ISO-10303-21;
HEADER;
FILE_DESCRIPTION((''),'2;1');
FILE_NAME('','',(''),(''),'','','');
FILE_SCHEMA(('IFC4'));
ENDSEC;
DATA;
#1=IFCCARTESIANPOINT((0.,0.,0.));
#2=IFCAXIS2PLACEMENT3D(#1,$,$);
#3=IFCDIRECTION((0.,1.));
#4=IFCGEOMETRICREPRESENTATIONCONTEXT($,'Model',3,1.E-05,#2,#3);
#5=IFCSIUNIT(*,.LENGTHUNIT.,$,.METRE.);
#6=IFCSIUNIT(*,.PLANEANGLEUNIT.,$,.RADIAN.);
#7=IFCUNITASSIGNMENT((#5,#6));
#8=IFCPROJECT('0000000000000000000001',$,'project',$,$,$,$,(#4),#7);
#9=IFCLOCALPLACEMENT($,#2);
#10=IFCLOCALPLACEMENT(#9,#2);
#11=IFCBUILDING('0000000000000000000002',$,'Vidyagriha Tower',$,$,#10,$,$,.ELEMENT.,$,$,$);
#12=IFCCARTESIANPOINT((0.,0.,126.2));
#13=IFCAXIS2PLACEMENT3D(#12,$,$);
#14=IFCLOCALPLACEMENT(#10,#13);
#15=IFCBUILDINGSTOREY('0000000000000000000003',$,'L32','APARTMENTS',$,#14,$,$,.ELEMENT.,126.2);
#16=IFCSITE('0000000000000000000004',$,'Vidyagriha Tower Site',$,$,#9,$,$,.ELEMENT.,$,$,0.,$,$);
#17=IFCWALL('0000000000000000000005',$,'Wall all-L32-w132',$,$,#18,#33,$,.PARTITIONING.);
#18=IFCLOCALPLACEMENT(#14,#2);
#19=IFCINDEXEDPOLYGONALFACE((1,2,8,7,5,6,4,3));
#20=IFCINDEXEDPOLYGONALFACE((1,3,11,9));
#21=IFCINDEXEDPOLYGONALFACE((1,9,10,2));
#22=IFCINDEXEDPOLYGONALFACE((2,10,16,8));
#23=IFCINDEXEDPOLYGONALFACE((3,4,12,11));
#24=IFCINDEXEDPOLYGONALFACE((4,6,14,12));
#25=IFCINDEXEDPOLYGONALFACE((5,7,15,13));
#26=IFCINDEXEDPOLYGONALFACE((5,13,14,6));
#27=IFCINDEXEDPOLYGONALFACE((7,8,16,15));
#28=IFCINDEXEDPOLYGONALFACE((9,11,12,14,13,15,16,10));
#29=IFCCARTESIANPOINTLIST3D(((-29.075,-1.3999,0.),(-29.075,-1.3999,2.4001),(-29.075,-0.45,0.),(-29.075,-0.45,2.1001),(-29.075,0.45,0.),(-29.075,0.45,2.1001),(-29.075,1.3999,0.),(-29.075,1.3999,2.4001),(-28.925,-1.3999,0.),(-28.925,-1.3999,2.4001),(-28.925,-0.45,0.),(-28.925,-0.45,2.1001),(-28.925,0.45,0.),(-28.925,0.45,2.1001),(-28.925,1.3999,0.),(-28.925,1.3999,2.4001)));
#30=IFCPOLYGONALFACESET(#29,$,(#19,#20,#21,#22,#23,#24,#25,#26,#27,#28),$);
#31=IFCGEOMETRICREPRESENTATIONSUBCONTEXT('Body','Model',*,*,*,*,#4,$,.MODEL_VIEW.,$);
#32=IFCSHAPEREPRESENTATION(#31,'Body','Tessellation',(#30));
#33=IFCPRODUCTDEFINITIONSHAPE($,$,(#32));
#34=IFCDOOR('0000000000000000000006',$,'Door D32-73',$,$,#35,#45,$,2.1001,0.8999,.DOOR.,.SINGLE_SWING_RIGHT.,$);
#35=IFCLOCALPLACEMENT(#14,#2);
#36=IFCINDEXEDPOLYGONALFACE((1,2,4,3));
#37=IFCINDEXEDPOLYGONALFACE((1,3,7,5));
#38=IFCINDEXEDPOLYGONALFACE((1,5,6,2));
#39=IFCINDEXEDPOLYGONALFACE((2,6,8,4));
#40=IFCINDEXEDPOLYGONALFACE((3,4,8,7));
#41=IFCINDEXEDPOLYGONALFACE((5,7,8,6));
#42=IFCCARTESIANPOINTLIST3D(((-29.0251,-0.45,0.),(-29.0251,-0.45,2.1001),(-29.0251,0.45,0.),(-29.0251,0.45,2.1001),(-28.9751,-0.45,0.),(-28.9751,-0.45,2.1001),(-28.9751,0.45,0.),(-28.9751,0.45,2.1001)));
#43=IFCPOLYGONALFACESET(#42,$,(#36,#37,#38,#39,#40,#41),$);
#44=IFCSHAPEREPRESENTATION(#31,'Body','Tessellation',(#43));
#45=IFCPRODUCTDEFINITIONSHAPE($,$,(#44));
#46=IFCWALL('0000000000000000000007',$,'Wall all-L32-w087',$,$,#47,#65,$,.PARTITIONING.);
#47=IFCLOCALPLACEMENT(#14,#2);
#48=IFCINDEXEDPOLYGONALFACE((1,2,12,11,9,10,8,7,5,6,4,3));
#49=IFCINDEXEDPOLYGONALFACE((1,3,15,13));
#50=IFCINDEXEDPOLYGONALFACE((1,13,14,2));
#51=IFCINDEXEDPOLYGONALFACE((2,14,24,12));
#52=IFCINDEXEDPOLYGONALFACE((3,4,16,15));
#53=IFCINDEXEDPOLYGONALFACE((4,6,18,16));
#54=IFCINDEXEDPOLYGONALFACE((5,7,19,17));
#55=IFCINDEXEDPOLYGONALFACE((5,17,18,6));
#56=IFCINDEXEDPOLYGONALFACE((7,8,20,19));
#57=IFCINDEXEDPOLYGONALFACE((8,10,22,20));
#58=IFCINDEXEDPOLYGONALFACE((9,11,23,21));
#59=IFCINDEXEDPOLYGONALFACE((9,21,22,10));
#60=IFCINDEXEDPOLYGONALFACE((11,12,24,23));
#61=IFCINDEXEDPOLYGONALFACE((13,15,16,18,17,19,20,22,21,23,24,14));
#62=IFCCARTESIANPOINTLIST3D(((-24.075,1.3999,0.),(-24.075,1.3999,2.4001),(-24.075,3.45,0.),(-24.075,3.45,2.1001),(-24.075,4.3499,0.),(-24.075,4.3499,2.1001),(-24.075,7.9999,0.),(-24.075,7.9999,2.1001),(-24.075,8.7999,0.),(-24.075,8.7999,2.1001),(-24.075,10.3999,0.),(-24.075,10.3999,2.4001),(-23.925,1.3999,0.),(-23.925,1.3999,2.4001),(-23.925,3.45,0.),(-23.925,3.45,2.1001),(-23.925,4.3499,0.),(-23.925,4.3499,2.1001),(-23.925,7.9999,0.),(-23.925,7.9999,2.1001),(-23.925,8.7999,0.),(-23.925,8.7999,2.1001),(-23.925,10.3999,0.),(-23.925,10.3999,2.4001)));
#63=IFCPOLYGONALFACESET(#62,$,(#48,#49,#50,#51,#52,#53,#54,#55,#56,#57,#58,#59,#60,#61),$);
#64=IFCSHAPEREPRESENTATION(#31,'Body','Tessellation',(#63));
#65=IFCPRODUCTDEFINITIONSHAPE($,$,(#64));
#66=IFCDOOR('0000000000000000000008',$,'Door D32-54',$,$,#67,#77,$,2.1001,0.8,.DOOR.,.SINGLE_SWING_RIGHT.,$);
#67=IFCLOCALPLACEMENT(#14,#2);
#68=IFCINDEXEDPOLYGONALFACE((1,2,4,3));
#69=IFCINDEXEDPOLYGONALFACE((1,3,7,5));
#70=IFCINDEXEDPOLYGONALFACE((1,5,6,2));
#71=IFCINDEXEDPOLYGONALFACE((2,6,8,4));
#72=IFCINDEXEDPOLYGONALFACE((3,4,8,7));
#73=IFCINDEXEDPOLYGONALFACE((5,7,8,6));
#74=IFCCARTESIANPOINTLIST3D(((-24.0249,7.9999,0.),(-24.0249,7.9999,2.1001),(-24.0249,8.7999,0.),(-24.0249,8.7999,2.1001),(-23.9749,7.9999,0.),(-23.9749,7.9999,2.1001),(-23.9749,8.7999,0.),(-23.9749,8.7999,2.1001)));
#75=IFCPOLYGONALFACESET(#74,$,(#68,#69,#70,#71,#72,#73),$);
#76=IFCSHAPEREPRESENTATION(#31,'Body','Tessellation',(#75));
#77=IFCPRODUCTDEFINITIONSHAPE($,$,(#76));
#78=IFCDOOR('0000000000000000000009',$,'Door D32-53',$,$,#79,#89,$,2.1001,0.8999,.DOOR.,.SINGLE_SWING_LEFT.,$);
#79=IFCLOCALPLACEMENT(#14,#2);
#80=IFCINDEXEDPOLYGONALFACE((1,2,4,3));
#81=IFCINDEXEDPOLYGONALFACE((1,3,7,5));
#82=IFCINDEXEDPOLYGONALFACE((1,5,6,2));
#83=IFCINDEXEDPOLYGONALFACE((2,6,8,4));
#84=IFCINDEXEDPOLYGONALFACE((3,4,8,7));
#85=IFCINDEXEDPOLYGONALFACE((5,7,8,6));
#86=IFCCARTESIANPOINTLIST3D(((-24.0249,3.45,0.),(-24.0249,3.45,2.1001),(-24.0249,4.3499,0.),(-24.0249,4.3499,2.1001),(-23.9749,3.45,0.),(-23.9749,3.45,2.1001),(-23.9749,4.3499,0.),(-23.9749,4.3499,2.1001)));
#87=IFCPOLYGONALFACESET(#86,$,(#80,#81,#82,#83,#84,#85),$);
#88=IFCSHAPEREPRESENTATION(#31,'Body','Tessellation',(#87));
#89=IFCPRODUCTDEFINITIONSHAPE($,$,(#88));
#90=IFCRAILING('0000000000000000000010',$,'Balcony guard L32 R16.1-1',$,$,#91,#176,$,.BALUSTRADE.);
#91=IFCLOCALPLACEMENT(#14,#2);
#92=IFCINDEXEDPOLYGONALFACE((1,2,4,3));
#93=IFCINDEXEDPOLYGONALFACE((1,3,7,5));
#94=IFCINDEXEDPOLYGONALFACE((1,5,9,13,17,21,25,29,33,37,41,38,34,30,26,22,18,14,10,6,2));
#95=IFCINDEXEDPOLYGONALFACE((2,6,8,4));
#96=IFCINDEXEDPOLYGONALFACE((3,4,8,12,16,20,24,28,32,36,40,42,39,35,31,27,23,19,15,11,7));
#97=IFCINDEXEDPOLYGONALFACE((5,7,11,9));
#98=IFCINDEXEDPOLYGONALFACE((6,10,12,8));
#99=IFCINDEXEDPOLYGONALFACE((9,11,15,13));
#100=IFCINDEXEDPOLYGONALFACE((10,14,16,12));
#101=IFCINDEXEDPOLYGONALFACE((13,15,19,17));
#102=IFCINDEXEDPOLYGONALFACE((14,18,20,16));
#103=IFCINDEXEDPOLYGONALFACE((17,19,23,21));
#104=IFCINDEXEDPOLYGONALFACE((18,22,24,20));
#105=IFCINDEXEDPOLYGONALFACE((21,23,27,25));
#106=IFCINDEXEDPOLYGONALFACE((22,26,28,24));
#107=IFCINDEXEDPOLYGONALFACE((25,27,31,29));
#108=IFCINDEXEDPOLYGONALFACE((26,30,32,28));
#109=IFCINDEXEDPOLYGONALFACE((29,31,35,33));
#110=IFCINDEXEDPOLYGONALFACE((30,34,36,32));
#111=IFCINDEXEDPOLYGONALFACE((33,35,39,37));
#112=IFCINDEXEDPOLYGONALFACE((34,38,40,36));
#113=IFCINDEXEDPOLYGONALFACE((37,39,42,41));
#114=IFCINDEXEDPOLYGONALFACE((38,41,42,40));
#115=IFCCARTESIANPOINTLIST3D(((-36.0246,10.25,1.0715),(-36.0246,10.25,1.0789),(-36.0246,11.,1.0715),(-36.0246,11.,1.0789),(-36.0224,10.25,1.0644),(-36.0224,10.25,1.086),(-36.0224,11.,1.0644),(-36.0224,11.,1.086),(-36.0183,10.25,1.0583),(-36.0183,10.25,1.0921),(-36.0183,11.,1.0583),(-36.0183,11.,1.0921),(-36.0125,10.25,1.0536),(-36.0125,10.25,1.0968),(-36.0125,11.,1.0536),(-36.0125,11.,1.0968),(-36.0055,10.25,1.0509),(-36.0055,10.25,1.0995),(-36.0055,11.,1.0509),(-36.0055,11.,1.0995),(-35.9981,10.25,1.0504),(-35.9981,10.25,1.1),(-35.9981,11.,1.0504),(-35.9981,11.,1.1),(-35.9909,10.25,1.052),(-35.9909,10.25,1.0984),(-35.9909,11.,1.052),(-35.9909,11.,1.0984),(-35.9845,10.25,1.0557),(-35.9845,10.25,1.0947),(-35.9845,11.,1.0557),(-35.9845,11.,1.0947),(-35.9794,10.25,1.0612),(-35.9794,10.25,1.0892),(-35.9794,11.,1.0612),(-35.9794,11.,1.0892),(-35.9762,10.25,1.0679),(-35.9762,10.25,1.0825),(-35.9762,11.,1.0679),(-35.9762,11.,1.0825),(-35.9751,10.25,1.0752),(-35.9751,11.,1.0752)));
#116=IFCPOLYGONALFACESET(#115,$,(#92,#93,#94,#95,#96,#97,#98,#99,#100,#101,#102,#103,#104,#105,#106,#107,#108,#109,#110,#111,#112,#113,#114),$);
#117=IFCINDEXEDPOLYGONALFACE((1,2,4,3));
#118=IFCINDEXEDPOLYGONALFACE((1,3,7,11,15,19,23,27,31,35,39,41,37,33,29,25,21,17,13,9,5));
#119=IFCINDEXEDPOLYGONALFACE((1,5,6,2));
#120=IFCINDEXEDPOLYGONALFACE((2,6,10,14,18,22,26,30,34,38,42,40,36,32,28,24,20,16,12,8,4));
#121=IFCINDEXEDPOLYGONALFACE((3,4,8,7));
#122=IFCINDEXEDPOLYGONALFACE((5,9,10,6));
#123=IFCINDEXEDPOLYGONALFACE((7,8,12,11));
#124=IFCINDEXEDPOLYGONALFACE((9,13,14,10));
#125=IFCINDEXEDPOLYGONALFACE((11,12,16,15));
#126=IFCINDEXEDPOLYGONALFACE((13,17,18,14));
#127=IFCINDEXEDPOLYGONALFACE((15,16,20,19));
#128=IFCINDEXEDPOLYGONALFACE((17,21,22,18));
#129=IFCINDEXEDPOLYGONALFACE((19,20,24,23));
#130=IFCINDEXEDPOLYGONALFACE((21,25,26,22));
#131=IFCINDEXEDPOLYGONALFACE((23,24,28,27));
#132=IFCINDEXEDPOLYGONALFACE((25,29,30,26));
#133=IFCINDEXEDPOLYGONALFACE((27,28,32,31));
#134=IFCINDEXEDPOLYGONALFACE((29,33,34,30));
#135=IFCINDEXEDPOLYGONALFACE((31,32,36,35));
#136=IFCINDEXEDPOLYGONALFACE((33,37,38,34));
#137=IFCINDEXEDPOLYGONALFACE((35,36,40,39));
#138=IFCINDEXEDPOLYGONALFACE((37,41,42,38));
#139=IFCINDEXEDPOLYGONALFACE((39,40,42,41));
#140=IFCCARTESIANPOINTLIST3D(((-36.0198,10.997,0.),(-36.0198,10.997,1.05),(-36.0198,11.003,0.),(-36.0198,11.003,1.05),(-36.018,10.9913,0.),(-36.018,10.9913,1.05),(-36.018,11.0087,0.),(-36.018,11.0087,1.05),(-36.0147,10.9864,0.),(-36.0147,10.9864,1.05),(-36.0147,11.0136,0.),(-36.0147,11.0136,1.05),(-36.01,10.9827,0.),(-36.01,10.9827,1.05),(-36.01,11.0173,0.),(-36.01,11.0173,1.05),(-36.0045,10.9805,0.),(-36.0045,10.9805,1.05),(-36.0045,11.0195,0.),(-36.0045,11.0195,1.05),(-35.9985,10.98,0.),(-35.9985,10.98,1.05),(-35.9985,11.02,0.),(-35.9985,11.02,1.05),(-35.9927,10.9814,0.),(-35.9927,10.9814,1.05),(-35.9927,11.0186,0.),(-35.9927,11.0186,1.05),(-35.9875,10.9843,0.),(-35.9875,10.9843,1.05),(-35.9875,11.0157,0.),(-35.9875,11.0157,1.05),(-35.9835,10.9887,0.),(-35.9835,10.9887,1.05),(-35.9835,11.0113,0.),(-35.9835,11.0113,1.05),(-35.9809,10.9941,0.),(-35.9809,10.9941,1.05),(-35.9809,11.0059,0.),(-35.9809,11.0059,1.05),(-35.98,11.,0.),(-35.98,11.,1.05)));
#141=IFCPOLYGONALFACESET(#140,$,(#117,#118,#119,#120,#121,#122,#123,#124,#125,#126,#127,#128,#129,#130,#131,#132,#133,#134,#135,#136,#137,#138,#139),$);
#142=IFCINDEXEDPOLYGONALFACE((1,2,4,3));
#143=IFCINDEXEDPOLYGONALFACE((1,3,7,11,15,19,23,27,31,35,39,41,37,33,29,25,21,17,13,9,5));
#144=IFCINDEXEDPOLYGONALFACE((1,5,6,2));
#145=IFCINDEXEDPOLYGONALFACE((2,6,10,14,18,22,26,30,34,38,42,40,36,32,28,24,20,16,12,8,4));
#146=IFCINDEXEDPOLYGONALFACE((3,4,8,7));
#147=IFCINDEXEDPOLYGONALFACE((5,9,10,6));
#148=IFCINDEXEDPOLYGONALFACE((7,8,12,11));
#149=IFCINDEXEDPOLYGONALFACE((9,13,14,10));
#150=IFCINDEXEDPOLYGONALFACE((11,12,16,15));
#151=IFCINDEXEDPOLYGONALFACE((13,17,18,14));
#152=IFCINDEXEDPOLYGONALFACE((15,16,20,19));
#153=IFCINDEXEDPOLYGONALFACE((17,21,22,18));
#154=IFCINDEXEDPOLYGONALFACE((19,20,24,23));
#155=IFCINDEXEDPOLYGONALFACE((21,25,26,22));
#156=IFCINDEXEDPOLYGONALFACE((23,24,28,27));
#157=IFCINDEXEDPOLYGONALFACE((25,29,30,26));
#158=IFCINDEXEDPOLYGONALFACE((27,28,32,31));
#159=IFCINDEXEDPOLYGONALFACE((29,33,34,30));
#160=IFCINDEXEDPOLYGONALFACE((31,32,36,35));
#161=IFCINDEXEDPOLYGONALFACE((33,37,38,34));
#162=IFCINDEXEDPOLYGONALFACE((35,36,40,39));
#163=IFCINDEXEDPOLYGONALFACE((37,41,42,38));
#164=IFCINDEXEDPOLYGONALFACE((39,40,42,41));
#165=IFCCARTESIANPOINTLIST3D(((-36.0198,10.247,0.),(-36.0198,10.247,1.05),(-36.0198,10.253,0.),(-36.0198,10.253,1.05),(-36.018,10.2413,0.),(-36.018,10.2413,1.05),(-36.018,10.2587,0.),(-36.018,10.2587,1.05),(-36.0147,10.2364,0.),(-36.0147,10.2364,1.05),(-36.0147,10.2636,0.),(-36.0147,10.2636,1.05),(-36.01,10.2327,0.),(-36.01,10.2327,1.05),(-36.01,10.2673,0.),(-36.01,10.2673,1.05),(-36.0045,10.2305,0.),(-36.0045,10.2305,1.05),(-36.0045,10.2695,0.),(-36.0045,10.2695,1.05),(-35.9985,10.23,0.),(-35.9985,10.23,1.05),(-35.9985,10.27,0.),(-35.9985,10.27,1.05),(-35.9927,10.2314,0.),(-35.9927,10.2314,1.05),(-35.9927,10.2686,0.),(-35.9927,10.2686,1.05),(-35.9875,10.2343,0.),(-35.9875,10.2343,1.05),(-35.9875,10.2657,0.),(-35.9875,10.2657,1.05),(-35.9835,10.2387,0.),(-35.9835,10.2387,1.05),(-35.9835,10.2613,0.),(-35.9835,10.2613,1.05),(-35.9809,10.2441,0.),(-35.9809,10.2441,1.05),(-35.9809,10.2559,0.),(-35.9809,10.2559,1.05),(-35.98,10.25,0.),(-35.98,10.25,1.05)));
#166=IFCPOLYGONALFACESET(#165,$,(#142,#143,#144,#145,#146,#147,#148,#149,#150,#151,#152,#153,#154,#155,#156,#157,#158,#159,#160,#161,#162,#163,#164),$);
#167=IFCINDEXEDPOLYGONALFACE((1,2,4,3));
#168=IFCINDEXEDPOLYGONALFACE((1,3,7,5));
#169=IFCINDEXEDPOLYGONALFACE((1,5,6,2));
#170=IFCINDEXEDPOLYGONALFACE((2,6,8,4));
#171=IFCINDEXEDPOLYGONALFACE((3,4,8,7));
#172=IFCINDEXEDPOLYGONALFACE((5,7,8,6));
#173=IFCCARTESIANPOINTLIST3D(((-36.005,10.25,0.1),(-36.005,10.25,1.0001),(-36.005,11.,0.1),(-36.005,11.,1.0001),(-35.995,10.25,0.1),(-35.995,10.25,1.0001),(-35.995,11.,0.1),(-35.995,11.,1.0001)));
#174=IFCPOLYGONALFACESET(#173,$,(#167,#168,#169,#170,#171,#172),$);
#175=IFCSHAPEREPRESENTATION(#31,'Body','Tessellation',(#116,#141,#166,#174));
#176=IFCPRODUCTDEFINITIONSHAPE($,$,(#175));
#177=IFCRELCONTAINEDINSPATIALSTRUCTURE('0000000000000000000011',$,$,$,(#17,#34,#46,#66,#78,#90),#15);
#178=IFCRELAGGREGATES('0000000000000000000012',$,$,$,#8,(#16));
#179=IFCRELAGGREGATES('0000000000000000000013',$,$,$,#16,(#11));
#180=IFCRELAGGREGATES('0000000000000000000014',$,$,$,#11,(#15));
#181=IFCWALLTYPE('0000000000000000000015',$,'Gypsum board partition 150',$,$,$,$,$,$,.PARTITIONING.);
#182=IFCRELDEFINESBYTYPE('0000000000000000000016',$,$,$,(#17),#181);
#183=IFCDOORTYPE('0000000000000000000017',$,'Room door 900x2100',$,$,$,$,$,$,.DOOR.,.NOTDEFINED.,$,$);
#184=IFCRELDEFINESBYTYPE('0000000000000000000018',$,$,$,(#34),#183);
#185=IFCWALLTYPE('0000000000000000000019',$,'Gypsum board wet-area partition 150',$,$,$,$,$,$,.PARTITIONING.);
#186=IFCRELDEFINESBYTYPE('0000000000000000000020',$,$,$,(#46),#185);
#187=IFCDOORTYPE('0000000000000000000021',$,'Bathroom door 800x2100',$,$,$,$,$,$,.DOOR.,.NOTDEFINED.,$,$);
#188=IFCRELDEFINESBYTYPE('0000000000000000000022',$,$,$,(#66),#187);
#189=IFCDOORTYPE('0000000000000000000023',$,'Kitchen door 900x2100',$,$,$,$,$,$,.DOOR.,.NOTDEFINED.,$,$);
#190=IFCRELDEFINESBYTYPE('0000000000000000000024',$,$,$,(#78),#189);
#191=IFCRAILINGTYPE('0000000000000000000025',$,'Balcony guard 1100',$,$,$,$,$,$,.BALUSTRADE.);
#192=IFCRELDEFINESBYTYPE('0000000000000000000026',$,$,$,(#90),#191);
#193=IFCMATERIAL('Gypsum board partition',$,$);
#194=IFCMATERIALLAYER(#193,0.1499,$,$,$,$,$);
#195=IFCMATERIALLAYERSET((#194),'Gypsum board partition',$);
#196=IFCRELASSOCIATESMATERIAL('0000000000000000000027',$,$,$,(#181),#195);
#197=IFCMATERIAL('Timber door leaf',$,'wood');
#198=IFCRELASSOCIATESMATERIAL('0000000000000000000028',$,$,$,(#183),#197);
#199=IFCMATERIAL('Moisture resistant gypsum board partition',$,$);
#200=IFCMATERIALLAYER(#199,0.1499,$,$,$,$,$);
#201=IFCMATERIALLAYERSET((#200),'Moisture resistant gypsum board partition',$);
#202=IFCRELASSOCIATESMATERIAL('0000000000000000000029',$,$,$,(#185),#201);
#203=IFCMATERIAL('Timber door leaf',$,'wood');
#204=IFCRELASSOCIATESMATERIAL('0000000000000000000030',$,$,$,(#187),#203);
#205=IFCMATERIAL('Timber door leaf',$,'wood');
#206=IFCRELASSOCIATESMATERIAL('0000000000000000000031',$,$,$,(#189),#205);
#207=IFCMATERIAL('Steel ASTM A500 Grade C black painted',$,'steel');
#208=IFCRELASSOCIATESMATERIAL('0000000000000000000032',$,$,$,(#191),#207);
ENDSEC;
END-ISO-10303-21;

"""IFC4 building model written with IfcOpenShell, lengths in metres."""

from ifc_helpers import new_model, si_unit, direction, frame, frame_2d, origin, origin_2d, place, context, subcontext, project, spatial, rectangle, circle, extrude, material, layer, layer_set, type_object, element, fill, save


model = new_model("IFC4")

# Units and contexts
model_context = context("Model", 3, precision=1e-05, world=origin(), true_north=direction((0.0, 1.0)))
body_context = subcontext(model_context, "Body", "Model", "MODEL_VIEW")
ifc_project = project(units=[si_unit("LENGTHUNIT", "METRE"), si_unit("PLANEANGLEUNIT", "RADIAN")], contexts=[model_context])

# Site, building, storey
site_placement = place(None, origin())
site = spatial("IfcSite", under=ifc_project, at=site_placement, Name="Vidyagriha Tower Site", CompositionType="ELEMENT", RefElevation=0.0)
building_placement = place(site_placement, origin())
building = spatial("IfcBuilding", under=site, at=building_placement, Name="Vidyagriha Tower", CompositionType="ELEMENT")
storey_placement = place(building_placement, frame((0.0, 0.0, 126.2)))
storey = spatial("IfcBuildingStorey", under=building, at=storey_placement, Name="L32", Description="APARTMENTS", CompositionType="ELEMENT", Elevation=126.2)

# Shared definitions
ifc_material_1 = material(Name="Gypsum board partition")
ifc_layer_1 = layer(ifc_material_1, 0.1499)
ifc_layer_set_1 = layer_set([ifc_layer_1], Name="Gypsum board partition")
wall_type_1 = type_object("IfcWallType", Name="Gypsum board partition 150", PredefinedType="PARTITIONING", material=ifc_layer_set_1)

# Shared definitions
ifc_material_2 = material(Name="Timber door leaf", Category="wood")
door_type_1 = type_object("IfcDoorType", Name="Room door 900x2100", OperationType="NOTDEFINED", PredefinedType="DOOR", material=ifc_material_2)

# Wall, opening, door
wall_1_placement = place(storey_placement, frame((-29.0, 1.3999, 0.0), z_axis=(0.0, 0.0, 1.0), x_axis=(0.0, -1.0, 0.0)))
wall_1 = element("IfcWall", 1, at=wall_1_placement, inside=storey, type_object=wall_type_1, Name="Wall all-L32-w132", PredefinedType="PARTITIONING", context=body_context, shape_type="SweptSolid", body=[
    extrude(rectangle(XDim=2.7998, YDim=0.1499, at=frame_2d((1.3999, 0.0))), origin(), (0.0, 0.0, 1.0), 2.4001),
])
opening_1_placement = place(wall_1_placement, frame((0.95, 0.0, 0.0)))
opening_1 = element("IfcOpeningElement", 2, at=opening_1_placement, cuts=wall_1, PredefinedType="OPENING", context=body_context, shape_type="SweptSolid", body=[
    extrude(rectangle(XDim=0.8999, YDim=2.1001, at=frame_2d((0.45, 1.05))), frame((0.0, 0.085, 0.0), z_axis=(0.0, -1.0, 0.0), x_axis=(1.0, 0.0, 0.0)), (0.0, 0.0, 1.0), 0.1699),
])
door_1_placement = place(opening_1_placement, origin())
door_1 = element("IfcDoor", 3, at=door_1_placement, inside=storey, type_object=door_type_1, Name="Door D32-73", OperationType="SINGLE_SWING_RIGHT", OverallHeight=2.1001, OverallWidth=0.8999, PredefinedType="DOOR", context=body_context, shape_type="SweptSolid", body=[
    extrude(rectangle(XDim=0.8999, YDim=2.1001, at=frame_2d((0.45, 1.05))), frame((0.0, 0.0249, 0.0), z_axis=(0.0, -1.0, 0.0), x_axis=(1.0, 0.0, 0.0)), (0.0, 0.0, 1.0), 0.05),
])
fill(opening_1, door_1)

# Wall, openings, doors
ifc_material_3 = material(Name="Moisture resistant gypsum board partition")
ifc_layer_2 = layer(ifc_material_3, 0.1499)
ifc_layer_set_2 = layer_set([ifc_layer_2], Name="Moisture resistant gypsum board partition")
wall_type_2 = type_object("IfcWallType", Name="Gypsum board wet-area partition 150", PredefinedType="PARTITIONING", material=ifc_layer_set_2)
wall_2_placement = place(storey_placement, frame((-24.0, 1.3999, 0.0), z_axis=(0.0, 0.0, 1.0), x_axis=(0.0, 1.0, 0.0)))
wall_2 = element("IfcWall", 4, at=wall_2_placement, inside=storey, type_object=wall_type_2, Name="Wall all-L32-w087", PredefinedType="PARTITIONING", context=body_context, shape_type="SweptSolid", body=[
    extrude(rectangle(XDim=9.0, YDim=0.1499, at=frame_2d((4.5, 0.0))), origin(), (0.0, 0.0, 1.0), 2.4001),
])
opening_2_placement = place(wall_2_placement, frame((2.05, 0.0, 0.0)))
opening_2 = element("IfcOpeningElement", 5, at=opening_2_placement, cuts=wall_2, PredefinedType="OPENING", context=body_context, shape_type="SweptSolid", body=[
    extrude(rectangle(XDim=0.8999, YDim=2.1001, at=frame_2d((0.45, 1.05))), frame((0.0, 0.085, 0.0), z_axis=(0.0, -1.0, 0.0), x_axis=(1.0, 0.0, 0.0)), (0.0, 0.0, 1.0), 0.1699),
])
opening_3_placement = place(wall_2_placement, frame((6.6001, 0.0, 0.0)))
opening_3 = element("IfcOpeningElement", 6, at=opening_3_placement, cuts=wall_2, PredefinedType="OPENING", context=body_context, shape_type="SweptSolid", body=[
    extrude(rectangle(XDim=0.8, YDim=2.1001, at=frame_2d((0.3999, 1.05))), frame((0.0, 0.085, 0.0), z_axis=(0.0, -1.0, 0.0), x_axis=(1.0, 0.0, 0.0)), (0.0, 0.0, 1.0), 0.1699),
])
ifc_material_4 = material(Name="Timber door leaf", Category="wood")
door_type_2 = type_object("IfcDoorType", Name="Bathroom door 800x2100", OperationType="NOTDEFINED", PredefinedType="DOOR", material=ifc_material_4)
door_2_placement = place(opening_3_placement, origin())
door_2 = element("IfcDoor", 7, at=door_2_placement, inside=storey, type_object=door_type_2, Name="Door D32-54", OperationType="SINGLE_SWING_RIGHT", OverallHeight=2.1001, OverallWidth=0.8, PredefinedType="DOOR", context=body_context, shape_type="SweptSolid", body=[
    extrude(rectangle(XDim=0.8, YDim=2.1001, at=frame_2d((0.3999, 1.05))), frame((0.0, 0.0249, 0.0), z_axis=(0.0, -1.0, 0.0), x_axis=(1.0, 0.0, 0.0)), (0.0, 0.0, 1.0), 0.05),
])
fill(opening_3, door_2)
ifc_material_5 = material(Name="Timber door leaf", Category="wood")
door_type_3 = type_object("IfcDoorType", Name="Kitchen door 900x2100", OperationType="NOTDEFINED", PredefinedType="DOOR", material=ifc_material_5)
door_3_placement = place(opening_2_placement, origin())
door_3 = element("IfcDoor", 8, at=door_3_placement, inside=storey, type_object=door_type_3, Name="Door D32-53", OperationType="SINGLE_SWING_LEFT", OverallHeight=2.1001, OverallWidth=0.8999, PredefinedType="DOOR", context=body_context, shape_type="SweptSolid", body=[
    extrude(rectangle(XDim=0.8999, YDim=2.1001, at=frame_2d((0.45, 1.05))), frame((0.0, 0.0249, 0.0), z_axis=(0.0, -1.0, 0.0), x_axis=(1.0, 0.0, 0.0)), (0.0, 0.0, 1.0), 0.05),
])
fill(opening_2, door_3)

# Railing
ifc_material_6 = material(Name="Steel ASTM A500 Grade C black painted", Category="steel")
railing_type = type_object("IfcRailingType", Name="Balcony guard 1100", PredefinedType="BALUSTRADE", material=ifc_material_6)
railing_1_placement = place(storey_placement, frame((-36.0, 11.0, 0.0)))
element("IfcRailing", 9, at=railing_1_placement, inside=storey, type_object=railing_type, Name="Balcony guard L32 R16.1-1", PredefinedType="BALUSTRADE", context=body_context, shape_type="SweptSolid", body=[
    extrude(circle(Radius=0.0249, at=origin_2d()), frame((0.0, 0.0, 1.0752), z_axis=(0.0, -1.0, 0.0), x_axis=(1.0, 0.0, 0.0)), (0.0, 0.0, 1.0), 0.75),
    extrude(circle(Radius=0.02, at=origin_2d()), origin(), (0.0, 0.0, 1.0), 1.05),
    extrude(circle(Radius=0.02, at=origin_2d()), frame((0.0, -0.75, 0.0)), (0.0, 0.0, 1.0), 1.05),
    extrude(rectangle(XDim=0.01, YDim=0.9001, at=origin_2d()), frame((0.0, 0.0, 0.55), z_axis=(0.0, -1.0, 0.0), x_axis=(1.0, 0.0, 0.0)), (0.0, 0.0, 1.0), 0.75),
])

save(model, "model.ifc")
